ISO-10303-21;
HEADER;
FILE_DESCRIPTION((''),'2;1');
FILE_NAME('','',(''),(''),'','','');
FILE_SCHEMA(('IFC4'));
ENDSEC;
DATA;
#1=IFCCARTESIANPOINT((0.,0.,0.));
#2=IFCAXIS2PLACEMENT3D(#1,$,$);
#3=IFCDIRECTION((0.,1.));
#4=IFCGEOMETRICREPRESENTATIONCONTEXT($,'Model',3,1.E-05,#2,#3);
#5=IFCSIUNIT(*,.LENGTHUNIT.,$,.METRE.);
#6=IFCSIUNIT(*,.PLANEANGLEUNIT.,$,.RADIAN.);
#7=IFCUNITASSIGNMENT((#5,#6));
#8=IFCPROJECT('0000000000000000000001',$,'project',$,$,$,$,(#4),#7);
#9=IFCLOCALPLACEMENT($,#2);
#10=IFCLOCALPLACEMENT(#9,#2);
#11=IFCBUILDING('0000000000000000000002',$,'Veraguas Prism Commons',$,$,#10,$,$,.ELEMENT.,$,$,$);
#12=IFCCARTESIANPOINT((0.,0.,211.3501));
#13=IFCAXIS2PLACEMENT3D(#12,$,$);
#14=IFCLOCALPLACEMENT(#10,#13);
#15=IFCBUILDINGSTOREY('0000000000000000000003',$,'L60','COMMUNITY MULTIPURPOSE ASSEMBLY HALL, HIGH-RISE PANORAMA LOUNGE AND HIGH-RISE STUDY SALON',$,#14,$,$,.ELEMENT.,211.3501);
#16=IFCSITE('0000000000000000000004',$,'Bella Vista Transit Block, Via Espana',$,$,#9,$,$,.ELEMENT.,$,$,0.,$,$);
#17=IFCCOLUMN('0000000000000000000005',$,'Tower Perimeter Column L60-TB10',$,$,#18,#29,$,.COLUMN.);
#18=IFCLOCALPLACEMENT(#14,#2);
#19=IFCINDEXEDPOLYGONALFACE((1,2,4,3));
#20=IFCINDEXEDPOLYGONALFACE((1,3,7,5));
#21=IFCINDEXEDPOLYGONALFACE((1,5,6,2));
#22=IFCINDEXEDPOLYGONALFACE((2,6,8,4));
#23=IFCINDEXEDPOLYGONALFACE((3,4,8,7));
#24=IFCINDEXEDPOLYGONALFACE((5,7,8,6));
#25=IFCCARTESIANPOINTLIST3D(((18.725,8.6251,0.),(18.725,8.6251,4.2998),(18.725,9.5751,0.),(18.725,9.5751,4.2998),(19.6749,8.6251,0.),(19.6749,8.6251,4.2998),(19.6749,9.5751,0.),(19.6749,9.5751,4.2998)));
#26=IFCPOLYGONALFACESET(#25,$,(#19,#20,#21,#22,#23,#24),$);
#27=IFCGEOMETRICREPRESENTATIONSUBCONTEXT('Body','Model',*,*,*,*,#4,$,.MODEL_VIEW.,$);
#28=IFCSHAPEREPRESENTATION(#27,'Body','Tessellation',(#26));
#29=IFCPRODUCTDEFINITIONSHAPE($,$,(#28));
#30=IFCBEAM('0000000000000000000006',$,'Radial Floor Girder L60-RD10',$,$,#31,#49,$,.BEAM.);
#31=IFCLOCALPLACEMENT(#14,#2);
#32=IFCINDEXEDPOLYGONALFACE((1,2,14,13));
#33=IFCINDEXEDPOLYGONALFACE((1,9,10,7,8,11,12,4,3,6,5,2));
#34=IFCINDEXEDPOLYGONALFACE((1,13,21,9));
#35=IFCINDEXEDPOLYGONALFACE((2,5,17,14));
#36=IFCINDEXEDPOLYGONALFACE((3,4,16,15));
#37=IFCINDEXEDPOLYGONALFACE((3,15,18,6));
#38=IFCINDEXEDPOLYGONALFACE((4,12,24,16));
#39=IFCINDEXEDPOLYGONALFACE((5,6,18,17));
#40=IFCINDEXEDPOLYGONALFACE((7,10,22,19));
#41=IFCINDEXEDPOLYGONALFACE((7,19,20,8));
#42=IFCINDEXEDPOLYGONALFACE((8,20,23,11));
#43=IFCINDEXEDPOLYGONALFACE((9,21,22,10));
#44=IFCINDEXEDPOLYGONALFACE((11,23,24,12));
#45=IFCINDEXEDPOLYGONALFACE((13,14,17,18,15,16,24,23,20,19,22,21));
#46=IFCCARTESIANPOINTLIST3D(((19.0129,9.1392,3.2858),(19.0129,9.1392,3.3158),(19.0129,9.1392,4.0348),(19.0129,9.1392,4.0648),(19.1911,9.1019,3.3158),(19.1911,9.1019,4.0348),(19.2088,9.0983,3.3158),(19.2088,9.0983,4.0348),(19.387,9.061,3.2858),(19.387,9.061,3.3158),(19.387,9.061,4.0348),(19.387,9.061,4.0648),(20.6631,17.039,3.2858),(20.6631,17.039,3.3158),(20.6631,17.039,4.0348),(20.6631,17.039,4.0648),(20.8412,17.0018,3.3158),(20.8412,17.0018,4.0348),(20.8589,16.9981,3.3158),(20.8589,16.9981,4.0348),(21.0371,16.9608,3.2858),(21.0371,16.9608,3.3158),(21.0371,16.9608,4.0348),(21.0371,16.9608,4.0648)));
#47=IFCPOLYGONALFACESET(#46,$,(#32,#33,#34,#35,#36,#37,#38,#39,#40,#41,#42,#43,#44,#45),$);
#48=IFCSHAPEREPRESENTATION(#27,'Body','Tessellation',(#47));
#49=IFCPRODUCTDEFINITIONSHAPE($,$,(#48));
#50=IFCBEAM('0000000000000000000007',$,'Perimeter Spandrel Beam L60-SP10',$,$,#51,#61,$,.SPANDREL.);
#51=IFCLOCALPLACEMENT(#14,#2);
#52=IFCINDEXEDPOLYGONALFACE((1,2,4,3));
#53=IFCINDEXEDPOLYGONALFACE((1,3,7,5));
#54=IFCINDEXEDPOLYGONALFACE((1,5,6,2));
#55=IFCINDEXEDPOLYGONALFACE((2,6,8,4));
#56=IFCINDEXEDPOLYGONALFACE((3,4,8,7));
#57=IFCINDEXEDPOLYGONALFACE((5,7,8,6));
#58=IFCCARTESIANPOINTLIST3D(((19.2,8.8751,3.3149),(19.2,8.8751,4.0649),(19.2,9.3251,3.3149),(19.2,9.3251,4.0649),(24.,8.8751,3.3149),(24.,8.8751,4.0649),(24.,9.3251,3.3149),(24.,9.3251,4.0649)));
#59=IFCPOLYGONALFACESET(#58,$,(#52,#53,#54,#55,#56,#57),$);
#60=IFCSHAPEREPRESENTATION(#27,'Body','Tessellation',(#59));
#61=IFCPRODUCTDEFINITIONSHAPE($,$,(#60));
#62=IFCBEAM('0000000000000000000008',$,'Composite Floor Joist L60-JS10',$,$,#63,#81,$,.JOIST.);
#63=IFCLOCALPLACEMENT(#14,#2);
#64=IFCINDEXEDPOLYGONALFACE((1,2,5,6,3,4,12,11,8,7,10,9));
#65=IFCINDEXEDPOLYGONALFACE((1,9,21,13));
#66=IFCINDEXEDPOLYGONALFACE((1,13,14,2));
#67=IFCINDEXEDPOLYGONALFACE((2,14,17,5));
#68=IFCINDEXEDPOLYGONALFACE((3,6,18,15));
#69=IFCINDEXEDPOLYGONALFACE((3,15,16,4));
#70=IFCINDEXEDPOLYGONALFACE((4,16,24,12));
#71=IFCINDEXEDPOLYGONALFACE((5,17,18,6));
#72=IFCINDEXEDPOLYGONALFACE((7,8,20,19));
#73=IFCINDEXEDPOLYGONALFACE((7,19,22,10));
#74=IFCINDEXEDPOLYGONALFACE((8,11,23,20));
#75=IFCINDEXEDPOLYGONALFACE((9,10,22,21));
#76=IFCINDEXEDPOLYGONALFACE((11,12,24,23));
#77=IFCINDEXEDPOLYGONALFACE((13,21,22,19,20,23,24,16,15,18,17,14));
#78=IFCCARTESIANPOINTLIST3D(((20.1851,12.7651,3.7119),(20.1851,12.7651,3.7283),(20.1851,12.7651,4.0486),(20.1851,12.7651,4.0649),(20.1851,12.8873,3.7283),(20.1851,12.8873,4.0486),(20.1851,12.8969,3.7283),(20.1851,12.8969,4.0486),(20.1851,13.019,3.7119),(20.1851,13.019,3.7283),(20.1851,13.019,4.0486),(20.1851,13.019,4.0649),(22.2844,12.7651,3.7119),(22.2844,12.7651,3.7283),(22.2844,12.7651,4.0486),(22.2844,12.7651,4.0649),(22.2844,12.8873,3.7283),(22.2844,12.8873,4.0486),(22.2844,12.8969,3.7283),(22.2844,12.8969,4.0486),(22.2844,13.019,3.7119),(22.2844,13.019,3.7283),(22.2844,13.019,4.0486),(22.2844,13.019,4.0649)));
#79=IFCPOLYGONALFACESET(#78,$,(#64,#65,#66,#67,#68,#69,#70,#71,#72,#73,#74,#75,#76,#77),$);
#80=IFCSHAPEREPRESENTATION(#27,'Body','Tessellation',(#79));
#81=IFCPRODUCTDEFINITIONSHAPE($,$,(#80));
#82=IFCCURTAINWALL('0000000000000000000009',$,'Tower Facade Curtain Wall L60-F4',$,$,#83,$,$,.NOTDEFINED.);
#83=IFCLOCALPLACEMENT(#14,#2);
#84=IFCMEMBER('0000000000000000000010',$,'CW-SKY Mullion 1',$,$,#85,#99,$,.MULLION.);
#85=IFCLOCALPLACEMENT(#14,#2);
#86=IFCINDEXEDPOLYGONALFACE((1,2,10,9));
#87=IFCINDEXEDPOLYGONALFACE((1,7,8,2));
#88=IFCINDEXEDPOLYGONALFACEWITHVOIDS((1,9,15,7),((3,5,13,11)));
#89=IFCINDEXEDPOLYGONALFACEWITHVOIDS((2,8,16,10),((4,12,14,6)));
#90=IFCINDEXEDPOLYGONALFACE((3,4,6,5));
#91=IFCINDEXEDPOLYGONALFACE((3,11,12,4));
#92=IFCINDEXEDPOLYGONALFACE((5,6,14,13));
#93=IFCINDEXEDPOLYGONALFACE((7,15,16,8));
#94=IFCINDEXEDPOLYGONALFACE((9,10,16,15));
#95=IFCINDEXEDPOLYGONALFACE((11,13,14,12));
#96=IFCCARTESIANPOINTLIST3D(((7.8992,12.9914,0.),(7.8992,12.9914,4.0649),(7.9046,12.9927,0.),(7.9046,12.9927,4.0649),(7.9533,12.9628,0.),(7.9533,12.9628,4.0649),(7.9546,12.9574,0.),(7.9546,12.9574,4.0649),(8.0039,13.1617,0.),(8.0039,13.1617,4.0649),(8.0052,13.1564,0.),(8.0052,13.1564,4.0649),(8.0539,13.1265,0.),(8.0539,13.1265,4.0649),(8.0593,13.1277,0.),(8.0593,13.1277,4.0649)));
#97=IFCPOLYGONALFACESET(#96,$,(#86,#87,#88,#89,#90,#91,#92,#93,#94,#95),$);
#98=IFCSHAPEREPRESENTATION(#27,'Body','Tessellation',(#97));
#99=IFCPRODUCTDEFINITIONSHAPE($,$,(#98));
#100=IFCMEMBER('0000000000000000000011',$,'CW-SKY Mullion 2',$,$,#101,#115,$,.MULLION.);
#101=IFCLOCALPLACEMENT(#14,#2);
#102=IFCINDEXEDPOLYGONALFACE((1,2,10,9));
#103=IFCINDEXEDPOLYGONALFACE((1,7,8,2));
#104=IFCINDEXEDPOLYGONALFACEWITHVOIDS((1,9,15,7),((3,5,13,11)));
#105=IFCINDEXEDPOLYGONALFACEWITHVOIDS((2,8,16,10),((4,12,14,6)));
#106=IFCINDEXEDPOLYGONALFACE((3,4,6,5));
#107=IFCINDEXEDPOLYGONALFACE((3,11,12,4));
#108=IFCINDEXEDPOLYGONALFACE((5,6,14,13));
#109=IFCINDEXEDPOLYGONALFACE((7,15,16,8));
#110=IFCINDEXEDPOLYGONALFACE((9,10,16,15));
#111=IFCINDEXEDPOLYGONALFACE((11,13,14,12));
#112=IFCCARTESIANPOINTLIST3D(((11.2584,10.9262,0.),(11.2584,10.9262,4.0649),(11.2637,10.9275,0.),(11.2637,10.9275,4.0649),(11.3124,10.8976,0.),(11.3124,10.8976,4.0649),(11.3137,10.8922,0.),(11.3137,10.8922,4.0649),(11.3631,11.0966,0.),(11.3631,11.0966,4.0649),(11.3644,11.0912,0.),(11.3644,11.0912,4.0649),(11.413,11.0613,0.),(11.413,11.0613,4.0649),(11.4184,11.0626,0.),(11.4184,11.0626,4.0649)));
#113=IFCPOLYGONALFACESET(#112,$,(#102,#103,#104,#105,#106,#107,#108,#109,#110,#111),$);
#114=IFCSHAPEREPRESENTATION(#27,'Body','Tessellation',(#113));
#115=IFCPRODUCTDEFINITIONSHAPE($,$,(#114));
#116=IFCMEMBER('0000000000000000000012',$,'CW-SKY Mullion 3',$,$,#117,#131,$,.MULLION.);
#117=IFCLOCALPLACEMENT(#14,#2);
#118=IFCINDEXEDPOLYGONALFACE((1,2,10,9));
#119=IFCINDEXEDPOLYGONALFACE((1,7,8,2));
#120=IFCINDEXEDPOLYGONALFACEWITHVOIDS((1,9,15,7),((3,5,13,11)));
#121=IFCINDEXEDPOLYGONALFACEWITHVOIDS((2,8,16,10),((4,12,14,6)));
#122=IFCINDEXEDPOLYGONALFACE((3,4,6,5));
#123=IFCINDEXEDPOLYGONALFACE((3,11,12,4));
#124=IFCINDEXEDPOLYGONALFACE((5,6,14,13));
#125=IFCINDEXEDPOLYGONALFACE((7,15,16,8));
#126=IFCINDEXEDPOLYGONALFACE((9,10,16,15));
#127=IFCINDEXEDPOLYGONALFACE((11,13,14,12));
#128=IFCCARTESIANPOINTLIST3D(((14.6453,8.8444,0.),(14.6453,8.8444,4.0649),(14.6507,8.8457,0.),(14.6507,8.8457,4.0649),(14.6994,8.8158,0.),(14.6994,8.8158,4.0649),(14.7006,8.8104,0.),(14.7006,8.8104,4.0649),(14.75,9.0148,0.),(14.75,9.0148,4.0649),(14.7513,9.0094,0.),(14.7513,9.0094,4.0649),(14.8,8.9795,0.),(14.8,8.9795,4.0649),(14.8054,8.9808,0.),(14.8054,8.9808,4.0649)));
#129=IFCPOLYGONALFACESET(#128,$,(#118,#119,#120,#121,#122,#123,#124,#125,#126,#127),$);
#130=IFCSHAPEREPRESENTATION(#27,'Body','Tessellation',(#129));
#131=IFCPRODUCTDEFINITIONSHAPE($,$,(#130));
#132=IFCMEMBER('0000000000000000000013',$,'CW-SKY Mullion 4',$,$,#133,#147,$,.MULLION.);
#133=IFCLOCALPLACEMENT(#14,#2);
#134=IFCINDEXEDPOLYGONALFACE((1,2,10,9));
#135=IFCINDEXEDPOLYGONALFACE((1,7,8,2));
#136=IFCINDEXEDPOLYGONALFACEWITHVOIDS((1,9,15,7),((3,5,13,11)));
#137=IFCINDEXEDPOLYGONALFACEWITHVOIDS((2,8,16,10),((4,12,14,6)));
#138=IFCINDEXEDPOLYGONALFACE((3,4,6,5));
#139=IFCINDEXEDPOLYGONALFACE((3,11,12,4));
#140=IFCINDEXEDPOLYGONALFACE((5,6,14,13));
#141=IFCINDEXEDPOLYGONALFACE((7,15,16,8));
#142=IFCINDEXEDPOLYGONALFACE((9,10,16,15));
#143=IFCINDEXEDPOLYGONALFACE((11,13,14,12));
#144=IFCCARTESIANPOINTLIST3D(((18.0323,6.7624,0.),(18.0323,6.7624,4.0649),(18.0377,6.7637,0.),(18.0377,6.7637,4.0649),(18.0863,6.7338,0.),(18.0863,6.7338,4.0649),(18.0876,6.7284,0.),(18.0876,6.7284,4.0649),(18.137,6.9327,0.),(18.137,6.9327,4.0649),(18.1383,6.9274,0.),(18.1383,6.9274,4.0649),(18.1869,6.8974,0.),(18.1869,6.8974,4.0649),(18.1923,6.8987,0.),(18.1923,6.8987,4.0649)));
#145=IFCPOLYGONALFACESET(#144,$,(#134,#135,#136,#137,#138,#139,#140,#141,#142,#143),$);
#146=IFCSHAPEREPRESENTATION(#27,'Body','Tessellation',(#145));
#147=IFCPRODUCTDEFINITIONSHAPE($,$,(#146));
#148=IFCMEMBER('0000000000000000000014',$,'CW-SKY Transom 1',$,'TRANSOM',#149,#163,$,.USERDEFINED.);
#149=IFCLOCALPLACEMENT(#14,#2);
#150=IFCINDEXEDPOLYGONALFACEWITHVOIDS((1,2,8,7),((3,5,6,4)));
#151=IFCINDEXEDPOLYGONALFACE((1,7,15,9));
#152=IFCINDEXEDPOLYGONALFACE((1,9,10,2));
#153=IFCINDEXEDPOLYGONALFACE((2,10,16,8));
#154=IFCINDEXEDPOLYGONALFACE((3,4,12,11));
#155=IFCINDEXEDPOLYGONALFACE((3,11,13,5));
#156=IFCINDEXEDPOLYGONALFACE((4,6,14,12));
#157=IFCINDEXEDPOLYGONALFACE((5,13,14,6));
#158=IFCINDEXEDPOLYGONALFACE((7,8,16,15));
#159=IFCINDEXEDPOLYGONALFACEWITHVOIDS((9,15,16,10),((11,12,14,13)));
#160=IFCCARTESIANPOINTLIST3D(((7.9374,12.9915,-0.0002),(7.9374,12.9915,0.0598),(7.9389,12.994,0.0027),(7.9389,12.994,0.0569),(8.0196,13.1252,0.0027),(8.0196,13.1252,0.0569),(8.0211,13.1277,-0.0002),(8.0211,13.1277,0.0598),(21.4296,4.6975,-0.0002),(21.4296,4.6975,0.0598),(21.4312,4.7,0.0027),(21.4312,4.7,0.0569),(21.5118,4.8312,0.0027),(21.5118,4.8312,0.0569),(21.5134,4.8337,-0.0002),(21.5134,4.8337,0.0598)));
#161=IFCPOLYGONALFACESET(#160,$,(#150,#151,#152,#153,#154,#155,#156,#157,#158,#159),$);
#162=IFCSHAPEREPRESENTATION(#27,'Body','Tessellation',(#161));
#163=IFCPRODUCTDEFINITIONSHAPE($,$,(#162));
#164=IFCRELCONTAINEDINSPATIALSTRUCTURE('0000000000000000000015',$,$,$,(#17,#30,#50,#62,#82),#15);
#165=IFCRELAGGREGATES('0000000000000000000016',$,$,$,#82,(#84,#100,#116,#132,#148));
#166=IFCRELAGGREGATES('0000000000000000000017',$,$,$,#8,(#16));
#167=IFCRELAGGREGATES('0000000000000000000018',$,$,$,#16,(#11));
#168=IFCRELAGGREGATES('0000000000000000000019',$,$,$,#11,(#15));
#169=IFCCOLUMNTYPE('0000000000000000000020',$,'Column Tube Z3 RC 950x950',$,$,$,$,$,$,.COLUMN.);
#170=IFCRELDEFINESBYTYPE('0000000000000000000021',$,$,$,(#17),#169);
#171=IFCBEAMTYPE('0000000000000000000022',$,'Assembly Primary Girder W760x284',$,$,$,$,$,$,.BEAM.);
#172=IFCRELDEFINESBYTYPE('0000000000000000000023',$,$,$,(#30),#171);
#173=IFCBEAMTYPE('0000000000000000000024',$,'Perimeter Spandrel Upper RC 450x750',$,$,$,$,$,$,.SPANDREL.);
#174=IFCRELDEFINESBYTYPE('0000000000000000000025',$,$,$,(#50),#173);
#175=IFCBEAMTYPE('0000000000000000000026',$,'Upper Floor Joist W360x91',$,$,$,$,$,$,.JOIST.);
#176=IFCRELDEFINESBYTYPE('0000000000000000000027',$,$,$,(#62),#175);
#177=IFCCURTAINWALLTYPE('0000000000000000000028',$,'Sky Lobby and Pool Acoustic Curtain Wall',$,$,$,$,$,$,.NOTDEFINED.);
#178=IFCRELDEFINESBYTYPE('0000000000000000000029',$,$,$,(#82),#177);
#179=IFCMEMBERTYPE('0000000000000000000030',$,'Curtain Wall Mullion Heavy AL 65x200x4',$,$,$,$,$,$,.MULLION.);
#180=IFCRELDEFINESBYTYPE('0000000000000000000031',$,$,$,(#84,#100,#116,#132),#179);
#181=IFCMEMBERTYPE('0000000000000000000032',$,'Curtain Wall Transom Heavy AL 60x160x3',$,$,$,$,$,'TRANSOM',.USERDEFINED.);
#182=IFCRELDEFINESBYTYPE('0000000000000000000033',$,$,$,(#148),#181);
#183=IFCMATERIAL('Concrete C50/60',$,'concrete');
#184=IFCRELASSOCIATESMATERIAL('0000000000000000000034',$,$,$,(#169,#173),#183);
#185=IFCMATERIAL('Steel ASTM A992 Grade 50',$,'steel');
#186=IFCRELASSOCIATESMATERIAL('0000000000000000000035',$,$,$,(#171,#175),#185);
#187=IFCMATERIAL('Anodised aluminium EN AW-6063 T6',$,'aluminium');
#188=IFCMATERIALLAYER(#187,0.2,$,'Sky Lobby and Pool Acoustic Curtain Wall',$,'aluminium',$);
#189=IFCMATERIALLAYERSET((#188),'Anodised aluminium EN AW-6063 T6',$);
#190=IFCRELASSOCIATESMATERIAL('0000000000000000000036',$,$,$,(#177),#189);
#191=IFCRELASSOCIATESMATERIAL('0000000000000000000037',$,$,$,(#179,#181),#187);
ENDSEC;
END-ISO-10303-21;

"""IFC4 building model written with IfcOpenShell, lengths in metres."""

from ifc_helpers import new_model, si_unit, direction, frame, origin, origin_2d, place, context, subcontext, project, spatial, rectangle, hollow_rectangle, i_section, extrude, source, transform, mapped, material, layer, layer_set, material_profile, profile_set, type_object, element, aggregate, save


model = new_model("IFC4")

# Units and contexts
model_context = context("Model", 3, precision=1e-05, world=origin(), true_north=direction((0.0, 1.0)))
body_context = subcontext(model_context, "Body", "Model", "MODEL_VIEW")
ifc_project = project(units=[si_unit("LENGTHUNIT", "METRE"), si_unit("PLANEANGLEUNIT", "RADIAN")], contexts=[model_context])

# Site, building, storey
site_placement = place(None, origin())
site = spatial("IfcSite", under=ifc_project, at=site_placement, Name="Bella Vista Transit Block, Via Espana", CompositionType="ELEMENT", RefElevation=0.0)
building_placement = place(site_placement, origin())
building = spatial("IfcBuilding", under=site, at=building_placement, Name="Veraguas Prism Commons", CompositionType="ELEMENT")
storey_placement = place(building_placement, frame((0.0, 0.0, 211.3501)))
storey = spatial("IfcBuildingStorey", under=building, at=storey_placement, Name="L60", Description="COMMUNITY MULTIPURPOSE ASSEMBLY HALL, HIGH-RISE PANORAMA LOUNGE AND HIGH-RISE STUDY SALON", CompositionType="ELEMENT", Elevation=211.3501)

# Column
ifc_material_1 = material(Name="Concrete C50/60", Category="concrete")
ifc_material_profile_1 = material_profile(ifc_material_1, rectangle(XDim=0.95, YDim=0.95, at=origin_2d()), Name="RC950X950")
ifc_profile_set_1 = profile_set([ifc_material_profile_1], Name="Concrete C50/60")
column_type = type_object("IfcColumnType", Name="Column Tube Z3 RC 950x950", PredefinedType="COLUMN", material=ifc_profile_set_1)
column_placement = place(storey_placement, frame((19.2, 9.1001, 0.0), z_axis=(0.0, 0.0, 1.0), x_axis=(1.0, 0.0, 0.0)))
element("IfcColumn", 1, at=column_placement, inside=storey, type_object=column_type, Name="Tower Perimeter Column L60-TB10", PredefinedType="COLUMN", context=body_context, shape_type="SweptSolid", body=[
    extrude(rectangle(XDim=0.95, YDim=0.95, at=origin_2d()), origin(), (0.0, 0.0, 1.0), 4.2998),
])

# Beams
ifc_material_2 = material(Name="Steel ASTM A992 Grade 50", Category="steel")
ifc_material_profile_2 = material_profile(ifc_material_2, i_section(OverallWidth=0.3821, OverallDepth=0.7791, WebThickness=0.0181, FlangeThickness=0.03, at=origin_2d()), Name="W760X284")
ifc_profile_set_2 = profile_set([ifc_material_profile_2], Name="Steel ASTM A992 Grade 50")
beam_type_1 = type_object("IfcBeamType", Name="Assembly Primary Girder W760x284", PredefinedType="BEAM", material=ifc_profile_set_2)
beam_1_placement = place(storey_placement, frame((19.2, 9.1001, 3.6753), z_axis=(0.204469, 0.978873, 0.0), x_axis=(-0.978873, 0.204469, 0.0)))
element("IfcBeam", 2, at=beam_1_placement, inside=storey, type_object=beam_type_1, Name="Radial Floor Girder L60-RD10", PredefinedType="BEAM", context=body_context, shape_type="SweptSolid", body=[
    extrude(i_section(OverallWidth=0.3821, OverallDepth=0.7791, WebThickness=0.0181, FlangeThickness=0.03, at=origin_2d()), origin(), (0.0, 0.0, 1.0), 8.0703),
])
ifc_material_profile_3 = material_profile(ifc_material_1, rectangle(XDim=0.45, YDim=0.75, at=origin_2d()), Name="RC450X750")
ifc_profile_set_3 = profile_set([ifc_material_profile_3], Name="Concrete C50/60")
beam_type_2 = type_object("IfcBeamType", Name="Perimeter Spandrel Upper RC 450x750", PredefinedType="SPANDREL", material=ifc_profile_set_3)
beam_2_placement = place(storey_placement, frame((19.2, 9.1001, 3.6899), z_axis=(1.0, 0.0, 0.0), x_axis=(0.0, 1.0, 0.0)))
element("IfcBeam", 3, at=beam_2_placement, inside=storey, type_object=beam_type_2, Name="Perimeter Spandrel Beam L60-SP10", PredefinedType="SPANDREL", context=body_context, shape_type="SweptSolid", body=[
    extrude(rectangle(XDim=0.45, YDim=0.75, at=origin_2d()), origin(), (0.0, 0.0, 1.0), 4.8),
])
ifc_material_profile_4 = material_profile(ifc_material_2, i_section(OverallWidth=0.2539, OverallDepth=0.353, WebThickness=0.0095, FlangeThickness=0.0164, at=origin_2d()), Name="W360X91")
ifc_profile_set_4 = profile_set([ifc_material_profile_4], Name="Steel ASTM A992 Grade 50")
beam_type_3 = type_object("IfcBeamType", Name="Upper Floor Joist W360x91", PredefinedType="JOIST", material=ifc_profile_set_4)
beam_3_placement = place(storey_placement, frame((20.1851, 12.8921, 3.8884), z_axis=(1.0, 0.0, 0.0), x_axis=(0.0, 1.0, 0.0)))
element("IfcBeam", 4, at=beam_3_placement, inside=storey, type_object=beam_type_3, Name="Composite Floor Joist L60-JS10", PredefinedType="JOIST", context=body_context, shape_type="SweptSolid", body=[
    extrude(i_section(OverallWidth=0.2539, OverallDepth=0.353, WebThickness=0.0095, FlangeThickness=0.0164, at=origin_2d()), origin(), (0.0, 0.0, 1.0), 2.0994),
])

# Curtain wall, members
ifc_material_3 = material(Name="Anodised aluminium EN AW-6063 T6", Category="aluminium")
ifc_layer_1 = layer(ifc_material_3, 0.2, Name="Sky Lobby and Pool Acoustic Curtain Wall", Category="aluminium")
ifc_layer_set_1 = layer_set([ifc_layer_1], Name="Anodised aluminium EN AW-6063 T6")
curtain_wall_type = type_object("IfcCurtainWallType", Name="Sky Lobby and Pool Acoustic Curtain Wall", PredefinedType="NOTDEFINED", material=ifc_layer_set_1)
curtain_wall_placement = place(storey_placement, origin())
curtain_wall = element("IfcCurtainWall", 5, at=curtain_wall_placement, inside=storey, type_object=curtain_wall_type, Name="Tower Facade Curtain Wall L60-F4", PredefinedType="NOTDEFINED")
ifc_material_profile_5 = material_profile(ifc_material_3, hollow_rectangle(XDim=0.0649, YDim=0.2, WallThickness=0.0039, at=origin_2d()), Name="AL65X200X4")
ifc_profile_set_5 = profile_set([ifc_material_profile_5], Name="Anodised aluminium EN AW-6063 T6")
member_type_1 = type_object("IfcMemberType", Name="Curtain Wall Mullion Heavy AL 65x200x4", PredefinedType="MULLION", material=ifc_profile_set_5)
shared_shape_1 = source(origin(), body_context, "Body", "SweptSolid", [
    extrude(hollow_rectangle(XDim=0.0649, YDim=0.2, WallThickness=0.0039, at=origin_2d()), origin(), (0.0, 0.0, 1.0), 4.0649),
])
member_1_placement = place(storey_placement, frame((7.9792, 13.0596, 0.0), z_axis=(0.0, 0.0, 1.0), x_axis=(0.851909, -0.52369, 0.0)))
member_1 = element("IfcMember", 6, at=member_1_placement, type_object=member_type_1, Name="CW-SKY Mullion 1", PredefinedType="MULLION", context=body_context, shape_type="MappedRepresentation", body=[
    mapped(shared_shape_1, transform((0.0, 0.0, 0.0), scale=1.0)),
])
member_2_placement = place(storey_placement, frame((11.3384, 10.9944, 0.0), z_axis=(0.0, 0.0, 1.0), x_axis=(0.851909, -0.52369, 0.0)))
member_2 = element("IfcMember", 7, at=member_2_placement, type_object=member_type_1, Name="CW-SKY Mullion 2", PredefinedType="MULLION", context=body_context, shape_type="MappedRepresentation", body=[
    mapped(shared_shape_1, transform((0.0, 0.0, 0.0), scale=1.0)),
])
member_3_placement = place(storey_placement, frame((14.7253, 8.9126, 0.0), z_axis=(0.0, 0.0, 1.0), x_axis=(0.851909, -0.52369, 0.0)))
member_3 = element("IfcMember", 8, at=member_3_placement, type_object=member_type_1, Name="CW-SKY Mullion 3", PredefinedType="MULLION", context=body_context, shape_type="MappedRepresentation", body=[
    mapped(shared_shape_1, transform((0.0, 0.0, 0.0), scale=1.0)),
])
member_4_placement = place(storey_placement, frame((18.1123, 6.8306, 0.0), z_axis=(0.0, 0.0, 1.0), x_axis=(0.851909, -0.52369, 0.0)))
member_4 = element("IfcMember", 9, at=member_4_placement, type_object=member_type_1, Name="CW-SKY Mullion 4", PredefinedType="MULLION", context=body_context, shape_type="MappedRepresentation", body=[
    mapped(shared_shape_1, transform((0.0, 0.0, 0.0), scale=1.0)),
])
ifc_material_profile_6 = material_profile(ifc_material_3, hollow_rectangle(XDim=0.0601, YDim=0.1599, WallThickness=0.0029, at=origin_2d()), Name="AL60X160X3")
ifc_profile_set_6 = profile_set([ifc_material_profile_6], Name="Anodised aluminium EN AW-6063 T6")
member_type_2 = type_object("IfcMemberType", Name="Curtain Wall Transom Heavy AL 60x160x3", ElementType="TRANSOM", PredefinedType="USERDEFINED", material=ifc_profile_set_6)
shared_shape_2 = source(origin(), body_context, "Body", "SweptSolid", [
    extrude(hollow_rectangle(XDim=0.0601, YDim=0.1599, WallThickness=0.0029, at=origin_2d()), origin(), (0.0, 0.0, 1.0), 15.8376),
])
member_5_placement = place(storey_placement, frame((7.9792, 13.0596, 0.0298), z_axis=(0.85191, -0.523688, 0.0), x_axis=(0.0, 0.0, 1.0)))
member_5 = element("IfcMember", 10, at=member_5_placement, type_object=member_type_2, Name="CW-SKY Transom 1", ObjectType="TRANSOM", PredefinedType="USERDEFINED", context=body_context, shape_type="MappedRepresentation", body=[
    mapped(shared_shape_2, transform((0.0, 0.0, 0.0), scale=1.0)),
])

aggregate(curtain_wall, [member_1, member_2, member_3, member_4, member_5])

save(model, "model.ifc")
